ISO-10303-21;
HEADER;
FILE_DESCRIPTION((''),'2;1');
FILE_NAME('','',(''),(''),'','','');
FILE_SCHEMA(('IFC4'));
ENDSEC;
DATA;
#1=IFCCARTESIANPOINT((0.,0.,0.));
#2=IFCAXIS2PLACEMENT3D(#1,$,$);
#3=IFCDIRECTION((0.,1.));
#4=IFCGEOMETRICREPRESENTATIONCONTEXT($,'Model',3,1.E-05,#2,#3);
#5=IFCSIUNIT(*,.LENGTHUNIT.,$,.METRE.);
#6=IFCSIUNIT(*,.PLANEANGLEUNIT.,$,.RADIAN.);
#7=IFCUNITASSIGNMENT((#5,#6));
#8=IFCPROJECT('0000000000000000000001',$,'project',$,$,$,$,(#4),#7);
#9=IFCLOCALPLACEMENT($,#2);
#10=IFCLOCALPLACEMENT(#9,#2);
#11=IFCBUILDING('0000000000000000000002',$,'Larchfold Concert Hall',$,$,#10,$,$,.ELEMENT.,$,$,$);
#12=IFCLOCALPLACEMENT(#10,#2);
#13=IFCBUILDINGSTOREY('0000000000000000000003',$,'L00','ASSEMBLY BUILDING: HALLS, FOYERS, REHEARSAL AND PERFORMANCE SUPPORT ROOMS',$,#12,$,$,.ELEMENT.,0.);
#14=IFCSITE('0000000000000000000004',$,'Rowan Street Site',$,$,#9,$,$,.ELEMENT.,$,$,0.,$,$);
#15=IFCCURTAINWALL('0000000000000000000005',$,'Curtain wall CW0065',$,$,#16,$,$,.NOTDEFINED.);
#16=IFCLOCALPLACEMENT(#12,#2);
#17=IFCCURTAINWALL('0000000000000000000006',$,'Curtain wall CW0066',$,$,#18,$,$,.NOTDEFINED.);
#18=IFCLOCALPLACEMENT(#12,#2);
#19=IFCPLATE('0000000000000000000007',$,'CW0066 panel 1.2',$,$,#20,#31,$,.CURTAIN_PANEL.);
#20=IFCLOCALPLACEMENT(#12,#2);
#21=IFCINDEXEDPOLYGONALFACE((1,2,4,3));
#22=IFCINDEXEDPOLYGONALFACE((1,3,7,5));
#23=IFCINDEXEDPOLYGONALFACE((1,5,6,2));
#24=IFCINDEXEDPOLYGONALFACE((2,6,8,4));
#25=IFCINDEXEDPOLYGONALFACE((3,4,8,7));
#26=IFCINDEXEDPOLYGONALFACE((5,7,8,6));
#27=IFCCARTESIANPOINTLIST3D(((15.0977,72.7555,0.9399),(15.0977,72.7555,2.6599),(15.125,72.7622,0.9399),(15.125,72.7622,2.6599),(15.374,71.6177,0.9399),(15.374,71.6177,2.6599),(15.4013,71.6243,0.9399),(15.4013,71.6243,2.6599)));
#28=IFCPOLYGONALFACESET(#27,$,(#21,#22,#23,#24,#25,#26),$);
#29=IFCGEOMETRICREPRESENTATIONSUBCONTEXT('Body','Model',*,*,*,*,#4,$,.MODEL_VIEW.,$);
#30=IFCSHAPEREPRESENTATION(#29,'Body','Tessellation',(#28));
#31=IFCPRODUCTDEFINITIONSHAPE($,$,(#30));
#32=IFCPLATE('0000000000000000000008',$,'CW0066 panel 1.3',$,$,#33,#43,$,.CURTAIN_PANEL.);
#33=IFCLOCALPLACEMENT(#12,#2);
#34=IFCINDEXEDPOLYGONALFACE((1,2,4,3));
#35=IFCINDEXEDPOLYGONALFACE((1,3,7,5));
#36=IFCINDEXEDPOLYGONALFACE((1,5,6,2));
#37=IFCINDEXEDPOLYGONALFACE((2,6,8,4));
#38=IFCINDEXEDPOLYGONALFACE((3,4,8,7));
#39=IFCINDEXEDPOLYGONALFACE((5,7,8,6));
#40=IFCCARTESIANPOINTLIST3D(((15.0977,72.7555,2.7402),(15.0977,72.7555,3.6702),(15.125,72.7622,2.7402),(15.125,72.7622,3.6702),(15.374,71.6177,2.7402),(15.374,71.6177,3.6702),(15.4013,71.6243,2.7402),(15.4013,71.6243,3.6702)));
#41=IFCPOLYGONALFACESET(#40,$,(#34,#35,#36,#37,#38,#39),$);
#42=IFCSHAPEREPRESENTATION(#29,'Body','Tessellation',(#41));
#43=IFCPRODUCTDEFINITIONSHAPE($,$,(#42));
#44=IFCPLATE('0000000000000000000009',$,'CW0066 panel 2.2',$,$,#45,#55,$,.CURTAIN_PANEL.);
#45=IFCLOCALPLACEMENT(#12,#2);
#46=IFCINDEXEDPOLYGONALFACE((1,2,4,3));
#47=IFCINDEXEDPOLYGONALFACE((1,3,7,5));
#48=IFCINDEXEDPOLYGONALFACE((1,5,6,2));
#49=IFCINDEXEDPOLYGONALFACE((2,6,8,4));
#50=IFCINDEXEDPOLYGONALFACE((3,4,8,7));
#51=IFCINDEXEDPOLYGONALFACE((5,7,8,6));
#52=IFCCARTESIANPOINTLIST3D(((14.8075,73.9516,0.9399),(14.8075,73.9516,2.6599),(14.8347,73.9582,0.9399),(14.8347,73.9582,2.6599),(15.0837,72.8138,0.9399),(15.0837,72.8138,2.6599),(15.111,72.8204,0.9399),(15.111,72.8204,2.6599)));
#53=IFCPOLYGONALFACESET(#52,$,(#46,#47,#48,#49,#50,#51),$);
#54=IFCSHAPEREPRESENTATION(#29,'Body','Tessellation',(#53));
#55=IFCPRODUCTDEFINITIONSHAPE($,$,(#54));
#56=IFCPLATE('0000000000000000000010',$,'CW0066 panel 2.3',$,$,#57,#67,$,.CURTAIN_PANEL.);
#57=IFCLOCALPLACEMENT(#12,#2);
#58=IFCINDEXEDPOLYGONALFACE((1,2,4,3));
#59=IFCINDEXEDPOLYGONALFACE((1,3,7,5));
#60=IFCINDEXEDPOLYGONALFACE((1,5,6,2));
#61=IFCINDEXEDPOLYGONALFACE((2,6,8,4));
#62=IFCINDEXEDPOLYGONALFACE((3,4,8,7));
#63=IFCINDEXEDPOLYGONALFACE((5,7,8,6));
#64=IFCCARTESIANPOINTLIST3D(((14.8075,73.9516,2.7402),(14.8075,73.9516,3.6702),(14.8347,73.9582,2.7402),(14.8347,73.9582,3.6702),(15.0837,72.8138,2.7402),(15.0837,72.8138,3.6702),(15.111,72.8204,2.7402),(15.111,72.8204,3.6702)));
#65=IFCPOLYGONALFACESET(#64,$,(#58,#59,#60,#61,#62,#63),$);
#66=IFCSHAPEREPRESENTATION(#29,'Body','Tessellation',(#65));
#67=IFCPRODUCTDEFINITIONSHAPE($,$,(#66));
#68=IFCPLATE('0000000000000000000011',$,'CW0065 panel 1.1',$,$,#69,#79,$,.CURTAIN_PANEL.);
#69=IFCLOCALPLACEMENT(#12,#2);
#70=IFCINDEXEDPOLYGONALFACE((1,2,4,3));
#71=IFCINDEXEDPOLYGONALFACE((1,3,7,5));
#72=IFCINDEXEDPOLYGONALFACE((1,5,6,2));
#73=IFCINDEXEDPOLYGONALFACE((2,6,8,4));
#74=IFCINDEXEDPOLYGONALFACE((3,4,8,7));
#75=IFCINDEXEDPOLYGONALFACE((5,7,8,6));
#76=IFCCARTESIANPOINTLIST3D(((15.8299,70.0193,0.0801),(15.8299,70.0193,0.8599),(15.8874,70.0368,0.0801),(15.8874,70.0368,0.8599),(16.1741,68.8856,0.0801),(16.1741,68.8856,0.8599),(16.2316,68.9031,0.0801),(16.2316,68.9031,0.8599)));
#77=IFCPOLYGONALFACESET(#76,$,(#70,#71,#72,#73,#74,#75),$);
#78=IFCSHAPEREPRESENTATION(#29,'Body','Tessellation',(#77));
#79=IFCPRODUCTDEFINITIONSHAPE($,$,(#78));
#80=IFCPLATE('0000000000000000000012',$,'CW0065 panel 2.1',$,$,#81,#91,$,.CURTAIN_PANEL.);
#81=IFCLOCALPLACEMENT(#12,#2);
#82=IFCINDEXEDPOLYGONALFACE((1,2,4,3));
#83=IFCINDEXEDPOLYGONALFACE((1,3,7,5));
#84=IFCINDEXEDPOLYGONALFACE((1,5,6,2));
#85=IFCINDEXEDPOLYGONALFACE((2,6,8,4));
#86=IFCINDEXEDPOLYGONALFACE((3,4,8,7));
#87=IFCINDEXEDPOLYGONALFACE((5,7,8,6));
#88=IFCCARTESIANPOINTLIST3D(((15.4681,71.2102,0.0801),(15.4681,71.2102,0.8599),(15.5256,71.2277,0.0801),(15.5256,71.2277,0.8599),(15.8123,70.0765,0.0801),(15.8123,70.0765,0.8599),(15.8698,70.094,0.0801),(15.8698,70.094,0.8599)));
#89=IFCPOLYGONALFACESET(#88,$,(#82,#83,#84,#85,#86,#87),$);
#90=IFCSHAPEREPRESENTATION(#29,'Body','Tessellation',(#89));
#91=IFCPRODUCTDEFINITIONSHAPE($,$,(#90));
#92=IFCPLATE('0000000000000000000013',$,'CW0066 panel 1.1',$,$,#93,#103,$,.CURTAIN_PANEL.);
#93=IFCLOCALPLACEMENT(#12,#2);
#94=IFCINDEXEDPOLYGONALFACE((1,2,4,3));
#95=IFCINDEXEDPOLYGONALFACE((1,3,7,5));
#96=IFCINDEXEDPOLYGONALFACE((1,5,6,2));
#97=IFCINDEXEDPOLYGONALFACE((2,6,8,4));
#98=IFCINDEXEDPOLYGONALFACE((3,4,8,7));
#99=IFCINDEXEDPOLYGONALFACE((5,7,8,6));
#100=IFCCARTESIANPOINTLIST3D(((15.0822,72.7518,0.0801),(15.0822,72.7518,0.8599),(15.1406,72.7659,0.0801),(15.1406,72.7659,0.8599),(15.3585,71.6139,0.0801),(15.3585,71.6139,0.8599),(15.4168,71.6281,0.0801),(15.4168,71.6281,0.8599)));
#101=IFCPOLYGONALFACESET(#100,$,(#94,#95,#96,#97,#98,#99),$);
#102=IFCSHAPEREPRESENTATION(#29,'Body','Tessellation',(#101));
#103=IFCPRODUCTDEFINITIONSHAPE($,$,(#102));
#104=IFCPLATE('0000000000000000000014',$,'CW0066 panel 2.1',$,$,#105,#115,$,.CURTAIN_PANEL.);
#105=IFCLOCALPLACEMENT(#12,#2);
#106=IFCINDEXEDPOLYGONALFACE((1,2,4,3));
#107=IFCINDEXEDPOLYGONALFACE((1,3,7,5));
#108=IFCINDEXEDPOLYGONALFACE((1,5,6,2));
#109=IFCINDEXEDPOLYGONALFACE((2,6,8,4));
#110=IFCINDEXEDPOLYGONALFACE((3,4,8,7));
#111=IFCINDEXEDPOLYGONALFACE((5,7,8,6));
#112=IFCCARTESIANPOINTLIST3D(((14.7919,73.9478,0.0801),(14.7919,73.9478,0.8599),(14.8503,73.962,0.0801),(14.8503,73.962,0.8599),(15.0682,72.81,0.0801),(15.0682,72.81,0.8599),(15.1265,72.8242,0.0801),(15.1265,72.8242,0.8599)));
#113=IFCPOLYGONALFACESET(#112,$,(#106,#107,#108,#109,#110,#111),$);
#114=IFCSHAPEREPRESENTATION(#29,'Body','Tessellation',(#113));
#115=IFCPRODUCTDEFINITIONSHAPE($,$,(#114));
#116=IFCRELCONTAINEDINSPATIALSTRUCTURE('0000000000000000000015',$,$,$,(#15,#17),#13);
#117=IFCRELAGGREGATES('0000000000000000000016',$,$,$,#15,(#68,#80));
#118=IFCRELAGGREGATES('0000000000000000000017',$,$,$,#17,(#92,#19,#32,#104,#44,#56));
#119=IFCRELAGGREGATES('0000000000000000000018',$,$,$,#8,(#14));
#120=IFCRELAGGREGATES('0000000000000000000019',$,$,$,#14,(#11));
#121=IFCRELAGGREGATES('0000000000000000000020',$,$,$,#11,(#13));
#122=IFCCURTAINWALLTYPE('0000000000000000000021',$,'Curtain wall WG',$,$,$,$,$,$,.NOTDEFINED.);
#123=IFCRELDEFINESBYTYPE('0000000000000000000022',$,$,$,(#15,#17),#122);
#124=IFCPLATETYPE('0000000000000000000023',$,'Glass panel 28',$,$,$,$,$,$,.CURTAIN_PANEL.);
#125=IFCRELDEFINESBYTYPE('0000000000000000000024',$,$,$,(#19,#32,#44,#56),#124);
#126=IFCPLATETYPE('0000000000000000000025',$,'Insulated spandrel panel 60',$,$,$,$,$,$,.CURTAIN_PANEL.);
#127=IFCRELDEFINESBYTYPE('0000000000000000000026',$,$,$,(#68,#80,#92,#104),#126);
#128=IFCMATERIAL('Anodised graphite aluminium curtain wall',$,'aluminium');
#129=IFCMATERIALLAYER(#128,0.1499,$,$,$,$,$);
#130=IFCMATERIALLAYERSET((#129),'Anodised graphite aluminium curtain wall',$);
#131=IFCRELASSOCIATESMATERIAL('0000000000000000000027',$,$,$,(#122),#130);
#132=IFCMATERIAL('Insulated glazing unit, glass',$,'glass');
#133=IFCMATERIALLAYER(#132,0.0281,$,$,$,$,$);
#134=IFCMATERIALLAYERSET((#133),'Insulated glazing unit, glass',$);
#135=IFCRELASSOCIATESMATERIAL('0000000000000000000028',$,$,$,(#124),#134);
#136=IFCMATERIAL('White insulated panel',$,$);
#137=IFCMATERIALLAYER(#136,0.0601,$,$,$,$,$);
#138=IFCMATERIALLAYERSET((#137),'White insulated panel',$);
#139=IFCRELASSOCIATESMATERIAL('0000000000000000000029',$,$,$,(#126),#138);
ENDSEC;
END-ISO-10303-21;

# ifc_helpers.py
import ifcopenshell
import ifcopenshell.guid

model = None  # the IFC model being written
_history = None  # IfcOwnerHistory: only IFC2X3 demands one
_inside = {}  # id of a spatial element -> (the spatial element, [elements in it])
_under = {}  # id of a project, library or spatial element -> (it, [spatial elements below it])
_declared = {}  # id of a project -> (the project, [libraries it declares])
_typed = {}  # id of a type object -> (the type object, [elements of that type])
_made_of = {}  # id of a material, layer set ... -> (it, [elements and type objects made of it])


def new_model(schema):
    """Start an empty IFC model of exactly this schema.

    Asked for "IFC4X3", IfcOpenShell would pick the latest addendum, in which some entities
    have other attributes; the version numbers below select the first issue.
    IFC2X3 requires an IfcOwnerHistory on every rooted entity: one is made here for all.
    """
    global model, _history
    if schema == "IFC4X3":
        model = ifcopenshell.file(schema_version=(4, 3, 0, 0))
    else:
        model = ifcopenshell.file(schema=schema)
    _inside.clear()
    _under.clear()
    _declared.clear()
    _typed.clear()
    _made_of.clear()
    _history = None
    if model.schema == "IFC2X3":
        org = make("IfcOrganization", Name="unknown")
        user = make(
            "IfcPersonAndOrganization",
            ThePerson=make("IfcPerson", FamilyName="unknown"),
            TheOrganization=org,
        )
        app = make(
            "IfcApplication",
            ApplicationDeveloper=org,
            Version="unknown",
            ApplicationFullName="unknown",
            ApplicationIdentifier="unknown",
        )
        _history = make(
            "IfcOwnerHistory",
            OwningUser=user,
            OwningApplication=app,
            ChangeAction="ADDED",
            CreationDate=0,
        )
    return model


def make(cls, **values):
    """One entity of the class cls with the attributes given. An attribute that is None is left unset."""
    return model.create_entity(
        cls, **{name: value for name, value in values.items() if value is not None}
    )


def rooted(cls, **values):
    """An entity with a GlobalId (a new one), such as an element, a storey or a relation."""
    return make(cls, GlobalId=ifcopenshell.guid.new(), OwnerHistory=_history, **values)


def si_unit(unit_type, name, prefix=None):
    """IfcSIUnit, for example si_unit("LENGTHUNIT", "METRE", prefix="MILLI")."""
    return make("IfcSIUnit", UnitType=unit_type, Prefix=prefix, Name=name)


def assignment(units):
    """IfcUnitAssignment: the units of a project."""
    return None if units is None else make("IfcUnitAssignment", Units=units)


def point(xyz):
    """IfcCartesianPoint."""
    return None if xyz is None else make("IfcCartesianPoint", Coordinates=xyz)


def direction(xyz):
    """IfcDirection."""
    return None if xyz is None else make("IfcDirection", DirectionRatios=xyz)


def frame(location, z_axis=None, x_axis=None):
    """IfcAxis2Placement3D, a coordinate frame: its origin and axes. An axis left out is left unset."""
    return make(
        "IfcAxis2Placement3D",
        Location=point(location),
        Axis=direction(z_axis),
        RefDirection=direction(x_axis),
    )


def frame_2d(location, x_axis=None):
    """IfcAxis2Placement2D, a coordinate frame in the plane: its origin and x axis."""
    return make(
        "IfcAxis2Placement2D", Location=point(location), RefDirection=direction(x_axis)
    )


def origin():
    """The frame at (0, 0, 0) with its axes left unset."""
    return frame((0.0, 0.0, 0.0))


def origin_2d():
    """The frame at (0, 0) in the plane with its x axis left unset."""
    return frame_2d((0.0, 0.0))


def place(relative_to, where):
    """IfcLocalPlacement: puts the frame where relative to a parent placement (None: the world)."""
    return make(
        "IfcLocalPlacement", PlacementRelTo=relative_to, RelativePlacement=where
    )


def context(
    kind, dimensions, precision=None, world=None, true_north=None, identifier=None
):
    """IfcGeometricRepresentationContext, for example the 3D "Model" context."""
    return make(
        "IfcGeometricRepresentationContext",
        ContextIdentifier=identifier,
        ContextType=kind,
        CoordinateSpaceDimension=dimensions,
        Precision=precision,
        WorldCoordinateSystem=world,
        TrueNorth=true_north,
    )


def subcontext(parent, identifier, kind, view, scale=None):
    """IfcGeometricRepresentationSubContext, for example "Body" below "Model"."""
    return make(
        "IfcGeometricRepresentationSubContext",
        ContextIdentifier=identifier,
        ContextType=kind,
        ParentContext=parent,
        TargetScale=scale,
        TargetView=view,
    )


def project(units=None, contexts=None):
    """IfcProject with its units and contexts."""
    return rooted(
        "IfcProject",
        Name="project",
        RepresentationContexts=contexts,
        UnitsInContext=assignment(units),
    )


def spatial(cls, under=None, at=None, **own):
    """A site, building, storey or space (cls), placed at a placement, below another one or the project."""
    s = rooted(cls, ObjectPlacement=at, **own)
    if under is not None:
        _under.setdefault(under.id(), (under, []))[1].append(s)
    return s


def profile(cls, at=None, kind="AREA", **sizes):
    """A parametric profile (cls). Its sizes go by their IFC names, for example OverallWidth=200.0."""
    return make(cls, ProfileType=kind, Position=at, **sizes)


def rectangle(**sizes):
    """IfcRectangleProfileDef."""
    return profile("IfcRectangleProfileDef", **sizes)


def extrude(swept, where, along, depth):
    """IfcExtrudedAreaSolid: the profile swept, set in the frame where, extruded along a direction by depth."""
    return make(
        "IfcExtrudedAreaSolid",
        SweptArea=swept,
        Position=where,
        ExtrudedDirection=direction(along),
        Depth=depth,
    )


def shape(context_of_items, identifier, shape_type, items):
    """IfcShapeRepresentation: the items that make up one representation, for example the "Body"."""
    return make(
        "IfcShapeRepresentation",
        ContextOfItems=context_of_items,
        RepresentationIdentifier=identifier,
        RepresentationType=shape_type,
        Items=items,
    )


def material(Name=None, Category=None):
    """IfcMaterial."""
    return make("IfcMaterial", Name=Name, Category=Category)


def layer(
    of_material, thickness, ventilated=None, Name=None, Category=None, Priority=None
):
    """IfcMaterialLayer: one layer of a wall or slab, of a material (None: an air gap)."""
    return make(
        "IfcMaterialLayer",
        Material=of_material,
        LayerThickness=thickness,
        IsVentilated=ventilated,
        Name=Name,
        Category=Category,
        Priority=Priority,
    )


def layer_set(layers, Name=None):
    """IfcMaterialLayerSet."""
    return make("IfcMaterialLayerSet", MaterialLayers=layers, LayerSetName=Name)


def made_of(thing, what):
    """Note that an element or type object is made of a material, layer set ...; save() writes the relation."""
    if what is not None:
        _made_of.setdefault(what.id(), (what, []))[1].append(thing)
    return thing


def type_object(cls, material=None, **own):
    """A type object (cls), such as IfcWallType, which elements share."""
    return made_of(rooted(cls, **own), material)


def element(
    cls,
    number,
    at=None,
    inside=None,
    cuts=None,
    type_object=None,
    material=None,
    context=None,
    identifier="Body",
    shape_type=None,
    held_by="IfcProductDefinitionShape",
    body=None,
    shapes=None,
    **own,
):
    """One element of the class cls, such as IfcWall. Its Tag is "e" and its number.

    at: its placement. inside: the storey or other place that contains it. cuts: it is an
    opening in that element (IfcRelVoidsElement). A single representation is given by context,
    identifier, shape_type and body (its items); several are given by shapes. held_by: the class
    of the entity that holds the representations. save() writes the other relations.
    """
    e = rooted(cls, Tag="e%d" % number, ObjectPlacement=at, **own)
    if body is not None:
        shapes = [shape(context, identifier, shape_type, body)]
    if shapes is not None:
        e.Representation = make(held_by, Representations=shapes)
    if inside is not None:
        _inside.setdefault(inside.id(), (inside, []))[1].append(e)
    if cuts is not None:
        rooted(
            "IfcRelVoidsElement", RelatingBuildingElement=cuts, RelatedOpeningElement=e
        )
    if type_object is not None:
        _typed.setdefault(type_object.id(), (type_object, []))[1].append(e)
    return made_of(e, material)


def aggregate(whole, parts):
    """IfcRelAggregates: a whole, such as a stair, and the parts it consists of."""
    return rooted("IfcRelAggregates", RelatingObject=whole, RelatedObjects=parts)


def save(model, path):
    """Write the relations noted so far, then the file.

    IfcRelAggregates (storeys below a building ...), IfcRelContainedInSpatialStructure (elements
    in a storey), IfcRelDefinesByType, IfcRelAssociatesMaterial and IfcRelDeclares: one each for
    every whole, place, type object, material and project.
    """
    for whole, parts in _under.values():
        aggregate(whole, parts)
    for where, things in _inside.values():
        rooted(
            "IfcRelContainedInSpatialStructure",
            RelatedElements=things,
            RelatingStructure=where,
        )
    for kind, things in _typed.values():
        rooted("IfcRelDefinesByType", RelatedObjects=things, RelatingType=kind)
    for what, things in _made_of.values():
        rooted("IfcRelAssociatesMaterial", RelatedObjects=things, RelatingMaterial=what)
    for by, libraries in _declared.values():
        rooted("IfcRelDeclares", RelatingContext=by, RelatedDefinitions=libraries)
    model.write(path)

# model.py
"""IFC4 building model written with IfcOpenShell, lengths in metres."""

from ifc_helpers import new_model, si_unit, direction, frame, origin, origin_2d, place, context, subcontext, project, spatial, rectangle, extrude, material, layer, layer_set, type_object, element, aggregate, save


model = new_model("IFC4")

# Units and contexts
model_context = context("Model", 3, precision=1e-05, world=origin(), true_north=direction((0.0, 1.0)))
body_context = subcontext(model_context, "Body", "Model", "MODEL_VIEW")
ifc_project = project(units=[si_unit("LENGTHUNIT", "METRE"), si_unit("PLANEANGLEUNIT", "RADIAN")], contexts=[model_context])

# Site, building, storey
site_placement = place(None, origin())
site = spatial("IfcSite", under=ifc_project, at=site_placement, Name="Rowan Street Site", CompositionType="ELEMENT", RefElevation=0.0)
building_placement = place(site_placement, origin())
building = spatial("IfcBuilding", under=site, at=building_placement, Name="Larchfold Concert Hall", CompositionType="ELEMENT")
storey_placement = place(building_placement, origin())
storey = spatial("IfcBuildingStorey", under=building, at=storey_placement, Name="L00", Description="ASSEMBLY BUILDING: HALLS, FOYERS, REHEARSAL AND PERFORMANCE SUPPORT ROOMS", CompositionType="ELEMENT", Elevation=0.0)

# Curtain walls
ifc_material_1 = material(Name="Anodised graphite aluminium curtain wall", Category="aluminium")
ifc_layer_1 = layer(ifc_material_1, 0.1499)
ifc_layer_set_1 = layer_set([ifc_layer_1], Name="Anodised graphite aluminium curtain wall")
curtain_wall_type = type_object("IfcCurtainWallType", Name="Curtain wall WG", PredefinedType="NOTDEFINED", material=ifc_layer_set_1)
curtain_wall_1_placement = place(storey_placement, origin())
curtain_wall_1 = element("IfcCurtainWall", 1, at=curtain_wall_1_placement, inside=storey, type_object=curtain_wall_type, Name="Curtain wall CW0065", PredefinedType="NOTDEFINED")
curtain_wall_2_placement = place(storey_placement, origin())
curtain_wall_2 = element("IfcCurtainWall", 2, at=curtain_wall_2_placement, inside=storey, type_object=curtain_wall_type, Name="Curtain wall CW0066", PredefinedType="NOTDEFINED")

# Plates
ifc_material_2 = material(Name="Insulated glazing unit, glass", Category="glass")
ifc_layer_2 = layer(ifc_material_2, 0.0281)
ifc_layer_set_2 = layer_set([ifc_layer_2], Name="Insulated glazing unit, glass")
plate_type_1 = type_object("IfcPlateType", Name="Glass panel 28", PredefinedType="CURTAIN_PANEL", material=ifc_layer_set_2)
plate_1_placement = place(storey_placement, frame((15.2495, 72.1899, 0.9399), z_axis=(0.0, 0.0, 1.0), x_axis=(-0.235946, 0.971766, 0.0)))
plate_1 = element("IfcPlate", 3, at=plate_1_placement, type_object=plate_type_1, Name="CW0066 panel 1.2", PredefinedType="CURTAIN_PANEL", context=body_context, shape_type="SweptSolid", body=[
    extrude(rectangle(XDim=1.1709, YDim=0.0281, at=origin_2d()), origin(), (0.0, 0.0, 1.0), 1.72),
])
plate_2_placement = place(storey_placement, frame((15.2495, 72.1899, 2.7402), z_axis=(0.0, 0.0, 1.0), x_axis=(-0.235946, 0.971766, 0.0)))
plate_2 = element("IfcPlate", 4, at=plate_2_placement, type_object=plate_type_1, Name="CW0066 panel 1.3", PredefinedType="CURTAIN_PANEL", context=body_context, shape_type="SweptSolid", body=[
    extrude(rectangle(XDim=1.1709, YDim=0.0281, at=origin_2d()), origin(), (0.0, 0.0, 1.0), 0.9299),
])
plate_3_placement = place(storey_placement, frame((14.9592, 73.386, 0.9399), z_axis=(0.0, 0.0, 1.0), x_axis=(-0.235946, 0.971766, 0.0)))
plate_3 = element("IfcPlate", 5, at=plate_3_placement, type_object=plate_type_1, Name="CW0066 panel 2.2", PredefinedType="CURTAIN_PANEL", context=body_context, shape_type="SweptSolid", body=[
    extrude(rectangle(XDim=1.1709, YDim=0.0281, at=origin_2d()), origin(), (0.0, 0.0, 1.0), 1.72),
])
plate_4_placement = place(storey_placement, frame((14.9592, 73.386, 2.7402), z_axis=(0.0, 0.0, 1.0), x_axis=(-0.235946, 0.971766, 0.0)))
plate_4 = element("IfcPlate", 6, at=plate_4_placement, type_object=plate_type_1, Name="CW0066 panel 2.3", PredefinedType="CURTAIN_PANEL", context=body_context, shape_type="SweptSolid", body=[
    extrude(rectangle(XDim=1.1709, YDim=0.0281, at=origin_2d()), origin(), (0.0, 0.0, 1.0), 0.9299),
])
ifc_material_3 = material(Name="White insulated panel")
ifc_layer_3 = layer(ifc_material_3, 0.0601)
ifc_layer_set_3 = layer_set([ifc_layer_3], Name="White insulated panel")
plate_type_2 = type_object("IfcPlateType", Name="Insulated spandrel panel 60", PredefinedType="CURTAIN_PANEL", material=ifc_layer_set_3)
plate_5_placement = place(storey_placement, frame((16.0308, 69.4612, 0.0801), z_axis=(0.0, 0.0, 1.0), x_axis=(-0.290544, 0.956862, 0.0)))
plate_5 = element("IfcPlate", 7, at=plate_5_placement, type_object=plate_type_2, Name="CW0065 panel 1.1", PredefinedType="CURTAIN_PANEL", context=body_context, shape_type="SweptSolid", body=[
    extrude(rectangle(XDim=1.1848, YDim=0.0601, at=origin_2d()), origin(), (0.0, 0.0, 1.0), 0.7798),
])
plate_6_placement = place(storey_placement, frame((15.6689, 70.6521, 0.0801), z_axis=(0.0, 0.0, 1.0), x_axis=(-0.290544, 0.956862, 0.0)))
plate_6 = element("IfcPlate", 8, at=plate_6_placement, type_object=plate_type_2, Name="CW0065 panel 2.1", PredefinedType="CURTAIN_PANEL", context=body_context, shape_type="SweptSolid", body=[
    extrude(rectangle(XDim=1.1848, YDim=0.0601, at=origin_2d()), origin(), (0.0, 0.0, 1.0), 0.7798),
])
aggregate(curtain_wall_1, [plate_5, plate_6])
plate_7_placement = place(storey_placement, frame((15.2495, 72.1899, 0.0801), z_axis=(0.0, 0.0, 1.0), x_axis=(-0.235946, 0.971766, 0.0)))
plate_7 = element("IfcPlate", 9, at=plate_7_placement, type_object=plate_type_2, Name="CW0066 panel 1.1", PredefinedType="CURTAIN_PANEL", context=body_context, shape_type="SweptSolid", body=[
    extrude(rectangle(XDim=1.1709, YDim=0.0601, at=origin_2d()), origin(), (0.0, 0.0, 1.0), 0.7798),
])
plate_8_placement = place(storey_placement, frame((14.9592, 73.386, 0.0801), z_axis=(0.0, 0.0, 1.0), x_axis=(-0.235946, 0.971766, 0.0)))
plate_8 = element("IfcPlate", 10, at=plate_8_placement, type_object=plate_type_2, Name="CW0066 panel 2.1", PredefinedType="CURTAIN_PANEL", context=body_context, shape_type="SweptSolid", body=[
    extrude(rectangle(XDim=1.1709, YDim=0.0601, at=origin_2d()), origin(), (0.0, 0.0, 1.0), 0.7798),
])
aggregate(curtain_wall_2, [plate_7, plate_1, plate_2, plate_8, plate_3, plate_4])

save(model, "model.ifc")
